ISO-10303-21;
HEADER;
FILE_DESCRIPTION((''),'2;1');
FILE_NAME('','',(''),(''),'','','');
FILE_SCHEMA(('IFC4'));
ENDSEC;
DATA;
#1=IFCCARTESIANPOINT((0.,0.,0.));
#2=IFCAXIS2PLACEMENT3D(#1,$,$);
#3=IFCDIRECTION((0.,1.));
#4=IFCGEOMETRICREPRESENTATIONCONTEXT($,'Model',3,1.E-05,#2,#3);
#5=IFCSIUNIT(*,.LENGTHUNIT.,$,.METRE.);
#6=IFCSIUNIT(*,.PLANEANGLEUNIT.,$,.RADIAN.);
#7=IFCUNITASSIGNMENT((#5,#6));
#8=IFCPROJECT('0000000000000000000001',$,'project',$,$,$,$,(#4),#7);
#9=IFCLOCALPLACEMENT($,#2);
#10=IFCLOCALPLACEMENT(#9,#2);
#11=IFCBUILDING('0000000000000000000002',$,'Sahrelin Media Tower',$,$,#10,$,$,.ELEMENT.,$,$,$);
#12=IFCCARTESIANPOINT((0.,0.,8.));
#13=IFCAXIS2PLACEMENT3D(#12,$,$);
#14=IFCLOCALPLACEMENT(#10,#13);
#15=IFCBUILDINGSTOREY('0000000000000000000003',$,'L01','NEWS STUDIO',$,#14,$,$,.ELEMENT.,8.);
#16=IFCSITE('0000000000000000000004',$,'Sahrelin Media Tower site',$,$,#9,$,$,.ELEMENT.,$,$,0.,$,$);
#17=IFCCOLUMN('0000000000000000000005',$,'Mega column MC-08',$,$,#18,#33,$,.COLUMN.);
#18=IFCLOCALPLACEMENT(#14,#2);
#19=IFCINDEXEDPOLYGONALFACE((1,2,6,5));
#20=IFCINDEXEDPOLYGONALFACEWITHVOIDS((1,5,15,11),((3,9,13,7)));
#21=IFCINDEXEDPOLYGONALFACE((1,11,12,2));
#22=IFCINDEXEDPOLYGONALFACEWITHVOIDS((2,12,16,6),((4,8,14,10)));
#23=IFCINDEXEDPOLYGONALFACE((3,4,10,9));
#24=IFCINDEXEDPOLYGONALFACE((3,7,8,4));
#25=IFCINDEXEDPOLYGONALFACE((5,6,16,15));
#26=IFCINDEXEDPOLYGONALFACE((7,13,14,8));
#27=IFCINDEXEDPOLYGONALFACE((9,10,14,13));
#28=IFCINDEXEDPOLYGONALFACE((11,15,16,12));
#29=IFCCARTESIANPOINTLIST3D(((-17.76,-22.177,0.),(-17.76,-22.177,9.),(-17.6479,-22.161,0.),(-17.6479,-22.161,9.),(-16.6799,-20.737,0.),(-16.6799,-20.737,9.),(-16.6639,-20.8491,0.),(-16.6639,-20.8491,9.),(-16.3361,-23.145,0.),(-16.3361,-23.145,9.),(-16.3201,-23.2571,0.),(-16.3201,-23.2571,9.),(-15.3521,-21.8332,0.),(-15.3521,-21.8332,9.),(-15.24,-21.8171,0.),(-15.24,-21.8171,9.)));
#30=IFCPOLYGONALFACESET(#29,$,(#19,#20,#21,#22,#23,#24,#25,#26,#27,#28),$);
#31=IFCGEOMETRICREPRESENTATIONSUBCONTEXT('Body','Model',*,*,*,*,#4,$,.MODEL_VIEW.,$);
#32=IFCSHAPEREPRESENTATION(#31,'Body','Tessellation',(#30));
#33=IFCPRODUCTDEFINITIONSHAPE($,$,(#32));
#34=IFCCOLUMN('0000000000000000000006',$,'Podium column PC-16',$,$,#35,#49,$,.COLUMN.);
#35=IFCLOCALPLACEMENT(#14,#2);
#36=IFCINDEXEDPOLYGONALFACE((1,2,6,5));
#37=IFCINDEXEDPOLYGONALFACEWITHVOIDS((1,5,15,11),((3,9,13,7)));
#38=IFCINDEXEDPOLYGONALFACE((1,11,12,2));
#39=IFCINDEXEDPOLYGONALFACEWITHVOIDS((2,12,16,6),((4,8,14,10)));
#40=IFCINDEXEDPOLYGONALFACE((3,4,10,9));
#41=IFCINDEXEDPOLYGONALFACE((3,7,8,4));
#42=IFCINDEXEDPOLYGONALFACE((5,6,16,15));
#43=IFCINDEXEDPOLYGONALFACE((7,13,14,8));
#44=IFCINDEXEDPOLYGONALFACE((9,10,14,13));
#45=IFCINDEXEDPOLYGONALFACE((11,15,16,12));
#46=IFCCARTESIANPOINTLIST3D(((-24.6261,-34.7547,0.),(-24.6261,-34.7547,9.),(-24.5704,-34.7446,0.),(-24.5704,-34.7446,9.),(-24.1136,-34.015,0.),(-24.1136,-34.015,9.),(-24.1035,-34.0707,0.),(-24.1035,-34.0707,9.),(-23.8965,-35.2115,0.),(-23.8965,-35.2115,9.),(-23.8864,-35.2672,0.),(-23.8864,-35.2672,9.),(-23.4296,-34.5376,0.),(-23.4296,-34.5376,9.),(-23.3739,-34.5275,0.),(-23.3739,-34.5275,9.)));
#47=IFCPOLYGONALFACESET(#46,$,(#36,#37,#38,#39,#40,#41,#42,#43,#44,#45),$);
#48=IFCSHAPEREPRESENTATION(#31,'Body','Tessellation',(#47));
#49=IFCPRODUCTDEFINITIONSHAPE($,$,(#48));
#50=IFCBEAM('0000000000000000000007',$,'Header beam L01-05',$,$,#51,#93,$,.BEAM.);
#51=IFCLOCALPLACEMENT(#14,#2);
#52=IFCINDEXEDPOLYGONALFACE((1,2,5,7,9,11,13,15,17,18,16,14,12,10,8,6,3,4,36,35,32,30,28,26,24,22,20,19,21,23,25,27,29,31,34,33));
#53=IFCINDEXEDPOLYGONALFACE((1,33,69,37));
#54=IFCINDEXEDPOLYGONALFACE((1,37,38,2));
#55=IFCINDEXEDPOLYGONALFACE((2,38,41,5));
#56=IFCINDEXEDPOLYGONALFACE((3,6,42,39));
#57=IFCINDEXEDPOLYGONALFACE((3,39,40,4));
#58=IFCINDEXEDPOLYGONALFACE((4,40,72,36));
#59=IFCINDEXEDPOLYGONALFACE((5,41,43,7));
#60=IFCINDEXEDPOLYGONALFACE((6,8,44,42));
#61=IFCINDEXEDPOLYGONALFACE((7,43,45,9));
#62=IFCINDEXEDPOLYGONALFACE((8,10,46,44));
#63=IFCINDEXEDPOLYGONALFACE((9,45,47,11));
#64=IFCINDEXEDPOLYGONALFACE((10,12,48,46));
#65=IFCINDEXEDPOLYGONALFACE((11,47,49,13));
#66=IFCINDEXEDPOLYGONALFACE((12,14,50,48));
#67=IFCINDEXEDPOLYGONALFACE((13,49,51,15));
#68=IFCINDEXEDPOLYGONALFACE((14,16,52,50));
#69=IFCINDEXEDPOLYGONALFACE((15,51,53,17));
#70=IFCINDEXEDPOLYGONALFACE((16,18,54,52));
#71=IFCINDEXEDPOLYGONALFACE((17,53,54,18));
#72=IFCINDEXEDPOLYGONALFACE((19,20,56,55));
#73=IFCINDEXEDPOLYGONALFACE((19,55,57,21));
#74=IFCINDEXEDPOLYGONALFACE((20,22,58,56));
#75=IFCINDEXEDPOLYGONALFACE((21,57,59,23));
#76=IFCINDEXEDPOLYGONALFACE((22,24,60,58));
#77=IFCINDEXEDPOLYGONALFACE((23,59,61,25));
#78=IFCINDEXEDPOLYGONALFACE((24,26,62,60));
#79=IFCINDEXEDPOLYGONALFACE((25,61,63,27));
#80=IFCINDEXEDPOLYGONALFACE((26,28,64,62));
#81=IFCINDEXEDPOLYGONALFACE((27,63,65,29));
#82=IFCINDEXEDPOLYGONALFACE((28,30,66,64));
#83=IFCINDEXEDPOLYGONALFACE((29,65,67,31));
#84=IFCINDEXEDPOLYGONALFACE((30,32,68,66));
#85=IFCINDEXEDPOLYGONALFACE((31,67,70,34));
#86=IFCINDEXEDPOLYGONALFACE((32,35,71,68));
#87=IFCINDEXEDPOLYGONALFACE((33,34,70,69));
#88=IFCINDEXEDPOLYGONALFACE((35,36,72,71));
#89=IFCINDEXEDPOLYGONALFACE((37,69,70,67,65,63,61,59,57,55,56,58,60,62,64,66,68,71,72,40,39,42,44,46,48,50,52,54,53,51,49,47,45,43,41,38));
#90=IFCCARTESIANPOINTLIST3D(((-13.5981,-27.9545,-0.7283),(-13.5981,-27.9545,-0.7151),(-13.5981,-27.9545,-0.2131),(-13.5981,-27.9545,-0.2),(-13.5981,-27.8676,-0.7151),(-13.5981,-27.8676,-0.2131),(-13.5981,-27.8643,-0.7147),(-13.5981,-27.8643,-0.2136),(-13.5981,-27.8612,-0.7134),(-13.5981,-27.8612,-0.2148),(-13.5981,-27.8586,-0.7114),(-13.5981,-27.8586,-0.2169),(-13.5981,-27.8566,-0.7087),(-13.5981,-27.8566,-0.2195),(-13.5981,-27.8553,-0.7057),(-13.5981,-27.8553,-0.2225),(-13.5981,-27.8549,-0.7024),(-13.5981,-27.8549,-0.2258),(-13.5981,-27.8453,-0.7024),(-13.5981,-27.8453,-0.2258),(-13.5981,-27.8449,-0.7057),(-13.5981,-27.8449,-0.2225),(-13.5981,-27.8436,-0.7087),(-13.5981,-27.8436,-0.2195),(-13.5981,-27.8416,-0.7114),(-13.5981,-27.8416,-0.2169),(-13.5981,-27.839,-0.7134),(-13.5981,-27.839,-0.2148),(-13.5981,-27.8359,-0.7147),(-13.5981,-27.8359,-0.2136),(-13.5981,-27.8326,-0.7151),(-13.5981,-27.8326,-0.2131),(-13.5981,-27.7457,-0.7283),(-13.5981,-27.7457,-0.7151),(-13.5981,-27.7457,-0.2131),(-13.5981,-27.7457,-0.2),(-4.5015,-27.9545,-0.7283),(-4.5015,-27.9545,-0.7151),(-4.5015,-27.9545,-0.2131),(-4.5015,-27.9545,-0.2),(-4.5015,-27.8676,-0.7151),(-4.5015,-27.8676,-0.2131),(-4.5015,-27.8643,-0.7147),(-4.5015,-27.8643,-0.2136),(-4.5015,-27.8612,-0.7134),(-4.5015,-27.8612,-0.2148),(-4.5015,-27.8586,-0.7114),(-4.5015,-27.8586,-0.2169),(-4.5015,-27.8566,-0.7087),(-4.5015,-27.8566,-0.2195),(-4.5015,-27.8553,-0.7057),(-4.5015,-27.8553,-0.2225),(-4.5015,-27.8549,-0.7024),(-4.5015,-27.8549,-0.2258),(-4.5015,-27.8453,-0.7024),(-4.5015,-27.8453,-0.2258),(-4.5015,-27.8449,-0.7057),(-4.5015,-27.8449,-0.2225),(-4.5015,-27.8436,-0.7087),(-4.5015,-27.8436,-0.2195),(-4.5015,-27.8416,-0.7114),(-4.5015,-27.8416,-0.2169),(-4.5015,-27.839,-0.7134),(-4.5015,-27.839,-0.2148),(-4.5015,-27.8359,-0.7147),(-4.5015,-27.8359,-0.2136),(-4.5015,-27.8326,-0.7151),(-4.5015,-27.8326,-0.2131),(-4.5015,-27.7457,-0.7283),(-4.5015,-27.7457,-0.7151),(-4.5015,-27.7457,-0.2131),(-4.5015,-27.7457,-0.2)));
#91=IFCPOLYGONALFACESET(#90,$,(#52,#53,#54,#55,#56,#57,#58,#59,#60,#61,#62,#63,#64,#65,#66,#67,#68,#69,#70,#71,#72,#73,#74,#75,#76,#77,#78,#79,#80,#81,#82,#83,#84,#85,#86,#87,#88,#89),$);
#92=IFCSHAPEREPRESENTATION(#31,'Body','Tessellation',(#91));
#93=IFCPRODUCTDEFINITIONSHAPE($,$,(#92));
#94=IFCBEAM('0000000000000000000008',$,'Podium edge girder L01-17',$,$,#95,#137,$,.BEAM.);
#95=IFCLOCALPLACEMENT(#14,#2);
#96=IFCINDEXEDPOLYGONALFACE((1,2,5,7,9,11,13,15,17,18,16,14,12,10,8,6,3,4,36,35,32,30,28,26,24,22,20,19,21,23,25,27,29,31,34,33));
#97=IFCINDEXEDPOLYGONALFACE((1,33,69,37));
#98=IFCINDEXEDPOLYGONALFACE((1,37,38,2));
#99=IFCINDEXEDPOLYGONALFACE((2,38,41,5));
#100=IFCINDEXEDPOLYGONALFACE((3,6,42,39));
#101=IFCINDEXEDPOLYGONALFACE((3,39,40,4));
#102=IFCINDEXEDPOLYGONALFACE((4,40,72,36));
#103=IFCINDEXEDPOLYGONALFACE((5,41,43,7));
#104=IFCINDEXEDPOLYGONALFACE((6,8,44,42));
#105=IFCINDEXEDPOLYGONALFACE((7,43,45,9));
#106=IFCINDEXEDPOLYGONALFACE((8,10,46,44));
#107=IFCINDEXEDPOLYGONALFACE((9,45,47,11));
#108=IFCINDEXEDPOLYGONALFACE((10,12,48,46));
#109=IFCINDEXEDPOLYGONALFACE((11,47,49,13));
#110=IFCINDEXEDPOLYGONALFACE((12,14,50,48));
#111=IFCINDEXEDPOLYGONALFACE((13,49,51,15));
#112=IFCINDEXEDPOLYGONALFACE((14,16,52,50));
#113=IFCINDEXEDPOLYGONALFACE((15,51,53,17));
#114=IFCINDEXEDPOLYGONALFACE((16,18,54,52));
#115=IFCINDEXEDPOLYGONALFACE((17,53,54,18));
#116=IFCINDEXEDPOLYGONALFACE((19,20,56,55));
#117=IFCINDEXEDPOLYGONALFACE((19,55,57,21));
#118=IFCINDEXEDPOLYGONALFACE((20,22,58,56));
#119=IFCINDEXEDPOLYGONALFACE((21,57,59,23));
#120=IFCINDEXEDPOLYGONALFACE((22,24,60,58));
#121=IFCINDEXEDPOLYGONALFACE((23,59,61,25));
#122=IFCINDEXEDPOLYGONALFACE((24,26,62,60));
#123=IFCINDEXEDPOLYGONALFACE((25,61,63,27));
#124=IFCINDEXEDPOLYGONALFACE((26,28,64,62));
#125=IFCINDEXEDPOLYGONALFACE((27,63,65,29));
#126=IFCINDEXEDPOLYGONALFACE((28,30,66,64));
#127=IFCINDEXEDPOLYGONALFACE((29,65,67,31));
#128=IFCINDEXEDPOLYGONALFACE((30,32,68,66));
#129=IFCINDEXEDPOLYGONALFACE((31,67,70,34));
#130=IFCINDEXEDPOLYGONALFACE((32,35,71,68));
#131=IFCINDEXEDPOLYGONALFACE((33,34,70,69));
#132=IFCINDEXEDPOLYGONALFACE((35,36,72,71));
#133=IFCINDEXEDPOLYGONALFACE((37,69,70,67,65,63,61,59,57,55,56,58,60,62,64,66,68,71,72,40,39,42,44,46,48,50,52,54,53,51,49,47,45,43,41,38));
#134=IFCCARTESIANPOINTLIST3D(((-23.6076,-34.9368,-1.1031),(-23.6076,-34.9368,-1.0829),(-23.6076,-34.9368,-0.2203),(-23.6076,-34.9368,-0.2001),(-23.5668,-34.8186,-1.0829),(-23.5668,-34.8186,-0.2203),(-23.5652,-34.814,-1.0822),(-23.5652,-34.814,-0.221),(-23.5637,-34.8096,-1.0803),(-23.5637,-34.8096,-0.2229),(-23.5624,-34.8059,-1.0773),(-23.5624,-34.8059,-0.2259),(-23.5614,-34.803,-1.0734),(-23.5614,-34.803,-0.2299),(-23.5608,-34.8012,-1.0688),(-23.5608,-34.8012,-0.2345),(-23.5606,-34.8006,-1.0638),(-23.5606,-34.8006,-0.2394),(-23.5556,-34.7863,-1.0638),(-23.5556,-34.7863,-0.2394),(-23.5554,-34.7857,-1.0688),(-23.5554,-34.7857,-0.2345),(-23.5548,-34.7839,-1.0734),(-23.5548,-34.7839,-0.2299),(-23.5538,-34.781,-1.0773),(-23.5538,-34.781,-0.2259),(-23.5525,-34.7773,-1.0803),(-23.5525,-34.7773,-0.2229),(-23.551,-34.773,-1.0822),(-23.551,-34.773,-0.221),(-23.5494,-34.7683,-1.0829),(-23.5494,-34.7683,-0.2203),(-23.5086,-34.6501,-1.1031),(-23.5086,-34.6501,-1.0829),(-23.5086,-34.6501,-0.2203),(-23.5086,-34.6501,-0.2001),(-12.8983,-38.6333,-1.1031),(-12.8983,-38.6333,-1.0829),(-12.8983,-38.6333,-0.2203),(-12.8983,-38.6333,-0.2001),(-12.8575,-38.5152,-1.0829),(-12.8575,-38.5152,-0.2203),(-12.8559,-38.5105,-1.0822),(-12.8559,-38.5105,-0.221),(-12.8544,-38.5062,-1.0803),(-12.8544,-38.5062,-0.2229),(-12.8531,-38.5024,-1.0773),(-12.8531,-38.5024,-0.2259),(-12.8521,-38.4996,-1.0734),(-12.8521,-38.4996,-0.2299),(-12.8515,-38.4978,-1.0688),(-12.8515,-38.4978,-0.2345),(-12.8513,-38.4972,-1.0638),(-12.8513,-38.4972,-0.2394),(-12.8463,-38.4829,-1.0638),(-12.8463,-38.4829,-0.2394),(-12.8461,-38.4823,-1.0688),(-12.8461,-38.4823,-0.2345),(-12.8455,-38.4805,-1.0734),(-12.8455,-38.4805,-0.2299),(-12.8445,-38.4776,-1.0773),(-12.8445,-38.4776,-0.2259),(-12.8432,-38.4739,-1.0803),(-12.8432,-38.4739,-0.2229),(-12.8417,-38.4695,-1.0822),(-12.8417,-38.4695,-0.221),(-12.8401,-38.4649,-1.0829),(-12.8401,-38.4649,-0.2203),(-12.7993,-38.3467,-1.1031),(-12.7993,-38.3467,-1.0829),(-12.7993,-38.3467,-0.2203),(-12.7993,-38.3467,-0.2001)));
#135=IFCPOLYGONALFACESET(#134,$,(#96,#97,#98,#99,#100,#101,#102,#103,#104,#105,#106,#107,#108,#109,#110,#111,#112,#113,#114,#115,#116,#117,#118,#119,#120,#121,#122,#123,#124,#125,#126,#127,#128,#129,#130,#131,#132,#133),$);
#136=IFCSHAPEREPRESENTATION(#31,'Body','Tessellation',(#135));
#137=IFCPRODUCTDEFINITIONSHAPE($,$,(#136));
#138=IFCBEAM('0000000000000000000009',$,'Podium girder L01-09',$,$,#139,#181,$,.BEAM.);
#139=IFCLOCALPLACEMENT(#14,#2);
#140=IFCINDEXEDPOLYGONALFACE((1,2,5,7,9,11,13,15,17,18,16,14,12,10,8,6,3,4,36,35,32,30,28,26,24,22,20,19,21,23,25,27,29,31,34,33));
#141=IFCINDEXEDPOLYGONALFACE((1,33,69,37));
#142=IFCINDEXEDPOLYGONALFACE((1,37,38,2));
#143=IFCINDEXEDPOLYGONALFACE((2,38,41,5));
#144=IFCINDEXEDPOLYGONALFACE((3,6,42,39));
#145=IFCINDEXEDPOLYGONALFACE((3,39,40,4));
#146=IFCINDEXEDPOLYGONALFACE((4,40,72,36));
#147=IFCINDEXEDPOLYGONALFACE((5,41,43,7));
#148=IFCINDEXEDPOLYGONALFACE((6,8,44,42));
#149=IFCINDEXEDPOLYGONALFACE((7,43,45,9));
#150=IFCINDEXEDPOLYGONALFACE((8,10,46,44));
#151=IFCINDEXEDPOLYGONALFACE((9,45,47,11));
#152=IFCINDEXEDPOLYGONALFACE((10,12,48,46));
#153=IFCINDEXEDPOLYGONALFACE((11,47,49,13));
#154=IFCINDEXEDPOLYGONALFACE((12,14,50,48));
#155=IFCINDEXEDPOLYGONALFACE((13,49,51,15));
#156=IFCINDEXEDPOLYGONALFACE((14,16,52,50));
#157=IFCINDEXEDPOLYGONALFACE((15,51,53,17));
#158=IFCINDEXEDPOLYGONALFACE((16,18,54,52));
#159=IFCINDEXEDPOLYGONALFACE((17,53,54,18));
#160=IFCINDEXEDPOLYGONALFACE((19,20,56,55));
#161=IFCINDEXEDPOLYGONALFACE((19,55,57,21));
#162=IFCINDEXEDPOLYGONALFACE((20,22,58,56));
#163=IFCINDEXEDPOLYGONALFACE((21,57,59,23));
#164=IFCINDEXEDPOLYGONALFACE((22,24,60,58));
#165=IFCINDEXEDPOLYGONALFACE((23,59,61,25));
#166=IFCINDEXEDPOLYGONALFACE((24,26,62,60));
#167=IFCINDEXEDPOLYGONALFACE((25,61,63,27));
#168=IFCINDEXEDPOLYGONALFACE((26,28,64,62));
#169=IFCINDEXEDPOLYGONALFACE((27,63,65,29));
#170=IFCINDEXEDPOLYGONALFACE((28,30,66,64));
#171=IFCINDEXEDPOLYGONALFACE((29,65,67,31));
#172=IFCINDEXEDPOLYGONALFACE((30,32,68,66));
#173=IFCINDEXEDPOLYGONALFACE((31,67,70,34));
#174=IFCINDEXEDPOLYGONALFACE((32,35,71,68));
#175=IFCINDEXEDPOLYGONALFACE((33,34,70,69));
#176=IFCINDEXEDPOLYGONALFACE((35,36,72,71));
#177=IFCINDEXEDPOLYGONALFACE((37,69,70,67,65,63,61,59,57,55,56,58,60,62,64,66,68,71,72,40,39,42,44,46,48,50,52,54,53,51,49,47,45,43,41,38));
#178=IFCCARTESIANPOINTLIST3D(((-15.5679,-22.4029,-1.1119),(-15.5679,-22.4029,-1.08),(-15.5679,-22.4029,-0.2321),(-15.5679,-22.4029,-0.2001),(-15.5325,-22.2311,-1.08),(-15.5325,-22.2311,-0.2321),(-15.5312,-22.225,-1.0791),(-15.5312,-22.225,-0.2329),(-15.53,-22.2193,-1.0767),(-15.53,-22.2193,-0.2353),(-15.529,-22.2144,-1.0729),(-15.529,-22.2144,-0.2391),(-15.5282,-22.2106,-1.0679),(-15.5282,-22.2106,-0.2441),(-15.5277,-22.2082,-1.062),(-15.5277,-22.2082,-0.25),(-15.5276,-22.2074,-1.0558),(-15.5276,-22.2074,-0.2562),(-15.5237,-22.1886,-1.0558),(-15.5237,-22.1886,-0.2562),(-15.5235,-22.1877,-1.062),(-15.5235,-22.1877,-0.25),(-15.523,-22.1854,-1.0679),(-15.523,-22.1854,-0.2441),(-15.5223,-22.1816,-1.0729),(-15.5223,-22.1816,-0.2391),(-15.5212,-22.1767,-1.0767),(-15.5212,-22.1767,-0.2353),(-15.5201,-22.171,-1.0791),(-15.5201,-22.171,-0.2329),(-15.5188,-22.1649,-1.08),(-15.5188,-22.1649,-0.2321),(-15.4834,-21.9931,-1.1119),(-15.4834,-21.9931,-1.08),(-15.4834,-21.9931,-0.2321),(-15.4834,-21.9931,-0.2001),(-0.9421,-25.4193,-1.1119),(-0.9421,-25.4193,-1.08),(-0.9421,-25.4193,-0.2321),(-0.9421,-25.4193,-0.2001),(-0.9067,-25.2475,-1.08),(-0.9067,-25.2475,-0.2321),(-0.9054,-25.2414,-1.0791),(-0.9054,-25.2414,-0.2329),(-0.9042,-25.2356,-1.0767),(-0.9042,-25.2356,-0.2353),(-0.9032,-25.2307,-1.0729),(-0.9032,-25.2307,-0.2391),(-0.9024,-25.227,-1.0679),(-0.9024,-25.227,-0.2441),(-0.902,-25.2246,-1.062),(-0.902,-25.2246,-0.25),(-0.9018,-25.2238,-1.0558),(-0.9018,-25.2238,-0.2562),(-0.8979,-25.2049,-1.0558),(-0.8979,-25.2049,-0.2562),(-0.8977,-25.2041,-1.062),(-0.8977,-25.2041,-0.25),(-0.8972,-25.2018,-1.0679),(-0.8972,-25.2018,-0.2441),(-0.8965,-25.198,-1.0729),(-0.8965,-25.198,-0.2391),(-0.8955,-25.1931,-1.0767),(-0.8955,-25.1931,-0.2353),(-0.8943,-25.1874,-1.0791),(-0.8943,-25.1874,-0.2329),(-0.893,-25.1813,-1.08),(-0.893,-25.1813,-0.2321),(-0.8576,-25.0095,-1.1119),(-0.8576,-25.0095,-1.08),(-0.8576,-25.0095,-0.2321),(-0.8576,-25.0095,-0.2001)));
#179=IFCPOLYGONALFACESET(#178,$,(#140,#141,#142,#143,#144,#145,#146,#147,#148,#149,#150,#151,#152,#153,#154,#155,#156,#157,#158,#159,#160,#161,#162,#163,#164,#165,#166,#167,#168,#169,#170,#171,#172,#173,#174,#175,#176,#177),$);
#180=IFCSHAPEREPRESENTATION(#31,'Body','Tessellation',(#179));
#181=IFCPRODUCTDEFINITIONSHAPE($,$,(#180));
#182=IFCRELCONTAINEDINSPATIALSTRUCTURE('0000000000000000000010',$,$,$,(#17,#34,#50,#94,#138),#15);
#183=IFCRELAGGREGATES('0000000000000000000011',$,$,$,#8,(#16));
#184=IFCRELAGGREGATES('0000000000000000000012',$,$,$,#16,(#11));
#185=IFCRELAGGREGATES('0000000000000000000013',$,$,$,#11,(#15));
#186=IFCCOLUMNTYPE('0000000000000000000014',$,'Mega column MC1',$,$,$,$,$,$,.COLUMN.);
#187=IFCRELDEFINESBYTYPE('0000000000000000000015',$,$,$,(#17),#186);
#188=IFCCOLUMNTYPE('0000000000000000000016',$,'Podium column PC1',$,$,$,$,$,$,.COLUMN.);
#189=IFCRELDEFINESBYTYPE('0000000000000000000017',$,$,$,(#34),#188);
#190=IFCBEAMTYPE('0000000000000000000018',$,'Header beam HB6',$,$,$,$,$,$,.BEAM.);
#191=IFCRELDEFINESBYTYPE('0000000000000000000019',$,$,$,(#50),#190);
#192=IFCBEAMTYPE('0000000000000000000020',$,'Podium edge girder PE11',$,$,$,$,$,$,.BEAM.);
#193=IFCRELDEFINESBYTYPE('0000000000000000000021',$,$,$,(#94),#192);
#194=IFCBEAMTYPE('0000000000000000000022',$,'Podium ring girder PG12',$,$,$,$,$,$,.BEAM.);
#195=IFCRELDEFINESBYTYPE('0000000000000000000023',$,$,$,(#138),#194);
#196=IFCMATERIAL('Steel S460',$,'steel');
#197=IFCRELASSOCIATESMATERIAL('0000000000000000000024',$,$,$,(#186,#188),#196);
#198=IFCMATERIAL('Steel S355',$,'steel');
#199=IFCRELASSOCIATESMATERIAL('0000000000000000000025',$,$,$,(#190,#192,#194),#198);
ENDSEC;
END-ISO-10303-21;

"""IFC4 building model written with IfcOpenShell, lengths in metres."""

from ifc_helpers import new_model, si_unit, direction, frame, origin, origin_2d, place, context, subcontext, project, spatial, hollow_rectangle, i_section, extrude, material, material_profile, profile_set, type_object, element, save


model = new_model("IFC4")

# Units and contexts
model_context = context("Model", 3, precision=1e-05, world=origin(), true_north=direction((0.0, 1.0)))
body_context = subcontext(model_context, "Body", "Model", "MODEL_VIEW")
ifc_project = project(units=[si_unit("LENGTHUNIT", "METRE"), si_unit("PLANEANGLEUNIT", "RADIAN")], contexts=[model_context])

# Site, building, storey
site_placement = place(None, origin())
site = spatial("IfcSite", under=ifc_project, at=site_placement, Name="Sahrelin Media Tower site", CompositionType="ELEMENT", RefElevation=0.0)
building_placement = place(site_placement, origin())
building = spatial("IfcBuilding", under=site, at=building_placement, Name="Sahrelin Media Tower", CompositionType="ELEMENT")
storey_placement = place(building_placement, frame((0.0, 0.0, 8.0)))
storey = spatial("IfcBuildingStorey", under=building, at=storey_placement, Name="L01", Description="NEWS STUDIO", CompositionType="ELEMENT", Elevation=8.0)

# Columns
ifc_material_1 = material(Name="Steel S460", Category="steel")
ifc_material_profile_1 = material_profile(ifc_material_1, hollow_rectangle(XDim=1.8, YDim=1.8, WallThickness=0.0801, at=origin_2d()), Name="Mega column MC1")
ifc_profile_set_1 = profile_set([ifc_material_profile_1], Name="Steel S460")
column_type_1 = type_object("IfcColumnType", Name="Mega column MC1", PredefinedType="COLUMN", material=ifc_profile_set_1)
column_1_placement = place(storey_placement, frame((-16.5, -21.9971, 0.0), z_axis=(0.0, 0.0, 1.0), x_axis=(-0.600052, -0.799961, 0.0)))
element("IfcColumn", 1, at=column_1_placement, inside=storey, type_object=column_type_1, Name="Mega column MC-08", PredefinedType="COLUMN", context=body_context, shape_type="SweptSolid", body=[
    extrude(hollow_rectangle(XDim=1.8, YDim=1.8, WallThickness=0.0801, at=origin_2d()), origin(), (0.0, 0.0, 1.0), 9.0),
])
ifc_material_profile_2 = material_profile(ifc_material_1, hollow_rectangle(XDim=0.8999, YDim=0.8999, WallThickness=0.04, at=origin_2d()), Name="Podium column PC1")
ifc_profile_set_2 = profile_set([ifc_material_profile_2], Name="Steel S460")
column_type_2 = type_object("IfcColumnType", Name="Podium column PC1", PredefinedType="COLUMN", material=ifc_profile_set_2)
column_2_placement = place(storey_placement, frame((-24.0, -34.6411, 0.0), z_axis=(0.0, 0.0, 1.0), x_axis=(-0.569495, -0.821995, 0.0)))
element("IfcColumn", 2, at=column_2_placement, inside=storey, type_object=column_type_2, Name="Podium column PC-16", PredefinedType="COLUMN", context=body_context, shape_type="SweptSolid", body=[
    extrude(hollow_rectangle(XDim=0.8999, YDim=0.8999, WallThickness=0.04, at=origin_2d()), origin(), (0.0, 0.0, 1.0), 9.0),
])

# Beams
ifc_material_2 = material(Name="Steel S355", Category="steel")
ifc_material_profile_3 = material_profile(ifc_material_2, i_section(OverallWidth=0.2087, OverallDepth=0.5283, WebThickness=0.0095, FlangeThickness=0.0132, FilletRadius=0.0127, at=origin_2d()), Name="UB 533x210x82")
ifc_profile_set_3 = profile_set([ifc_material_profile_3], Name="Steel S355")
beam_type_1 = type_object("IfcBeamType", Name="Header beam HB6", PredefinedType="BEAM", material=ifc_profile_set_3)
beam_1_placement = place(storey_placement, frame((-13.5981, -27.8501, -0.4641), z_axis=(1.0, 0.0, 0.0), x_axis=(0.0, 1.0, 0.0)))
element("IfcBeam", 3, at=beam_1_placement, inside=storey, type_object=beam_type_1, Name="Header beam L01-05", PredefinedType="BEAM", context=body_context, shape_type="SweptSolid", body=[
    extrude(i_section(OverallWidth=0.2087, OverallDepth=0.5283, WebThickness=0.0095, FlangeThickness=0.0132, FilletRadius=0.0127, at=origin_2d()), origin(), (0.0, 0.0, 1.0), 9.0967),
])
ifc_material_profile_4 = material_profile(ifc_material_2, i_section(OverallWidth=0.3032, OverallDepth=0.9031, WebThickness=0.0151, FlangeThickness=0.0203, FilletRadius=0.019, at=origin_2d()), Name="UB 914x305x201")
ifc_profile_set_4 = profile_set([ifc_material_profile_4], Name="Steel S355")
beam_type_2 = type_object("IfcBeamType", Name="Podium edge girder PE11", PredefinedType="BEAM", material=ifc_profile_set_4)
beam_2_placement = place(storey_placement, frame((-23.5581, -34.7935, -0.6516), z_axis=(0.945272, -0.326282, 0.0), x_axis=(0.326282, 0.945272, 0.0)))
element("IfcBeam", 4, at=beam_2_placement, inside=storey, type_object=beam_type_2, Name="Podium edge girder L01-17", PredefinedType="BEAM", context=body_context, shape_type="SweptSolid", body=[
    extrude(i_section(OverallWidth=0.3032, OverallDepth=0.9031, WebThickness=0.0151, FlangeThickness=0.0203, FilletRadius=0.019, at=origin_2d()), origin(), (0.0, 0.0, 1.0), 11.3293),
])
ifc_material_profile_5 = material_profile(ifc_material_2, i_section(OverallWidth=0.4185, OverallDepth=0.9119, WebThickness=0.0193, FlangeThickness=0.032, FilletRadius=0.0242, at=origin_2d()), Name="UB 914x419x343")
ifc_profile_set_5 = profile_set([ifc_material_profile_5], Name="Steel S355")
beam_type_3 = type_object("IfcBeamType", Name="Podium ring girder PG12", PredefinedType="BEAM", material=ifc_profile_set_5)
beam_3_placement = place(storey_placement, frame((-15.5256, -22.198, -0.656), z_axis=(0.979389, -0.201985, 0.0), x_axis=(0.201985, 0.979389, 0.0)))
element("IfcBeam", 5, at=beam_3_placement, inside=storey, type_object=beam_type_3, Name="Podium girder L01-09", PredefinedType="BEAM", context=body_context, shape_type="SweptSolid", body=[
    extrude(i_section(OverallWidth=0.4185, OverallDepth=0.9119, WebThickness=0.0193, FlangeThickness=0.032, FilletRadius=0.0242, at=origin_2d()), origin(), (0.0, 0.0, 1.0), 14.9336),
])

save(model, "model.ifc")
